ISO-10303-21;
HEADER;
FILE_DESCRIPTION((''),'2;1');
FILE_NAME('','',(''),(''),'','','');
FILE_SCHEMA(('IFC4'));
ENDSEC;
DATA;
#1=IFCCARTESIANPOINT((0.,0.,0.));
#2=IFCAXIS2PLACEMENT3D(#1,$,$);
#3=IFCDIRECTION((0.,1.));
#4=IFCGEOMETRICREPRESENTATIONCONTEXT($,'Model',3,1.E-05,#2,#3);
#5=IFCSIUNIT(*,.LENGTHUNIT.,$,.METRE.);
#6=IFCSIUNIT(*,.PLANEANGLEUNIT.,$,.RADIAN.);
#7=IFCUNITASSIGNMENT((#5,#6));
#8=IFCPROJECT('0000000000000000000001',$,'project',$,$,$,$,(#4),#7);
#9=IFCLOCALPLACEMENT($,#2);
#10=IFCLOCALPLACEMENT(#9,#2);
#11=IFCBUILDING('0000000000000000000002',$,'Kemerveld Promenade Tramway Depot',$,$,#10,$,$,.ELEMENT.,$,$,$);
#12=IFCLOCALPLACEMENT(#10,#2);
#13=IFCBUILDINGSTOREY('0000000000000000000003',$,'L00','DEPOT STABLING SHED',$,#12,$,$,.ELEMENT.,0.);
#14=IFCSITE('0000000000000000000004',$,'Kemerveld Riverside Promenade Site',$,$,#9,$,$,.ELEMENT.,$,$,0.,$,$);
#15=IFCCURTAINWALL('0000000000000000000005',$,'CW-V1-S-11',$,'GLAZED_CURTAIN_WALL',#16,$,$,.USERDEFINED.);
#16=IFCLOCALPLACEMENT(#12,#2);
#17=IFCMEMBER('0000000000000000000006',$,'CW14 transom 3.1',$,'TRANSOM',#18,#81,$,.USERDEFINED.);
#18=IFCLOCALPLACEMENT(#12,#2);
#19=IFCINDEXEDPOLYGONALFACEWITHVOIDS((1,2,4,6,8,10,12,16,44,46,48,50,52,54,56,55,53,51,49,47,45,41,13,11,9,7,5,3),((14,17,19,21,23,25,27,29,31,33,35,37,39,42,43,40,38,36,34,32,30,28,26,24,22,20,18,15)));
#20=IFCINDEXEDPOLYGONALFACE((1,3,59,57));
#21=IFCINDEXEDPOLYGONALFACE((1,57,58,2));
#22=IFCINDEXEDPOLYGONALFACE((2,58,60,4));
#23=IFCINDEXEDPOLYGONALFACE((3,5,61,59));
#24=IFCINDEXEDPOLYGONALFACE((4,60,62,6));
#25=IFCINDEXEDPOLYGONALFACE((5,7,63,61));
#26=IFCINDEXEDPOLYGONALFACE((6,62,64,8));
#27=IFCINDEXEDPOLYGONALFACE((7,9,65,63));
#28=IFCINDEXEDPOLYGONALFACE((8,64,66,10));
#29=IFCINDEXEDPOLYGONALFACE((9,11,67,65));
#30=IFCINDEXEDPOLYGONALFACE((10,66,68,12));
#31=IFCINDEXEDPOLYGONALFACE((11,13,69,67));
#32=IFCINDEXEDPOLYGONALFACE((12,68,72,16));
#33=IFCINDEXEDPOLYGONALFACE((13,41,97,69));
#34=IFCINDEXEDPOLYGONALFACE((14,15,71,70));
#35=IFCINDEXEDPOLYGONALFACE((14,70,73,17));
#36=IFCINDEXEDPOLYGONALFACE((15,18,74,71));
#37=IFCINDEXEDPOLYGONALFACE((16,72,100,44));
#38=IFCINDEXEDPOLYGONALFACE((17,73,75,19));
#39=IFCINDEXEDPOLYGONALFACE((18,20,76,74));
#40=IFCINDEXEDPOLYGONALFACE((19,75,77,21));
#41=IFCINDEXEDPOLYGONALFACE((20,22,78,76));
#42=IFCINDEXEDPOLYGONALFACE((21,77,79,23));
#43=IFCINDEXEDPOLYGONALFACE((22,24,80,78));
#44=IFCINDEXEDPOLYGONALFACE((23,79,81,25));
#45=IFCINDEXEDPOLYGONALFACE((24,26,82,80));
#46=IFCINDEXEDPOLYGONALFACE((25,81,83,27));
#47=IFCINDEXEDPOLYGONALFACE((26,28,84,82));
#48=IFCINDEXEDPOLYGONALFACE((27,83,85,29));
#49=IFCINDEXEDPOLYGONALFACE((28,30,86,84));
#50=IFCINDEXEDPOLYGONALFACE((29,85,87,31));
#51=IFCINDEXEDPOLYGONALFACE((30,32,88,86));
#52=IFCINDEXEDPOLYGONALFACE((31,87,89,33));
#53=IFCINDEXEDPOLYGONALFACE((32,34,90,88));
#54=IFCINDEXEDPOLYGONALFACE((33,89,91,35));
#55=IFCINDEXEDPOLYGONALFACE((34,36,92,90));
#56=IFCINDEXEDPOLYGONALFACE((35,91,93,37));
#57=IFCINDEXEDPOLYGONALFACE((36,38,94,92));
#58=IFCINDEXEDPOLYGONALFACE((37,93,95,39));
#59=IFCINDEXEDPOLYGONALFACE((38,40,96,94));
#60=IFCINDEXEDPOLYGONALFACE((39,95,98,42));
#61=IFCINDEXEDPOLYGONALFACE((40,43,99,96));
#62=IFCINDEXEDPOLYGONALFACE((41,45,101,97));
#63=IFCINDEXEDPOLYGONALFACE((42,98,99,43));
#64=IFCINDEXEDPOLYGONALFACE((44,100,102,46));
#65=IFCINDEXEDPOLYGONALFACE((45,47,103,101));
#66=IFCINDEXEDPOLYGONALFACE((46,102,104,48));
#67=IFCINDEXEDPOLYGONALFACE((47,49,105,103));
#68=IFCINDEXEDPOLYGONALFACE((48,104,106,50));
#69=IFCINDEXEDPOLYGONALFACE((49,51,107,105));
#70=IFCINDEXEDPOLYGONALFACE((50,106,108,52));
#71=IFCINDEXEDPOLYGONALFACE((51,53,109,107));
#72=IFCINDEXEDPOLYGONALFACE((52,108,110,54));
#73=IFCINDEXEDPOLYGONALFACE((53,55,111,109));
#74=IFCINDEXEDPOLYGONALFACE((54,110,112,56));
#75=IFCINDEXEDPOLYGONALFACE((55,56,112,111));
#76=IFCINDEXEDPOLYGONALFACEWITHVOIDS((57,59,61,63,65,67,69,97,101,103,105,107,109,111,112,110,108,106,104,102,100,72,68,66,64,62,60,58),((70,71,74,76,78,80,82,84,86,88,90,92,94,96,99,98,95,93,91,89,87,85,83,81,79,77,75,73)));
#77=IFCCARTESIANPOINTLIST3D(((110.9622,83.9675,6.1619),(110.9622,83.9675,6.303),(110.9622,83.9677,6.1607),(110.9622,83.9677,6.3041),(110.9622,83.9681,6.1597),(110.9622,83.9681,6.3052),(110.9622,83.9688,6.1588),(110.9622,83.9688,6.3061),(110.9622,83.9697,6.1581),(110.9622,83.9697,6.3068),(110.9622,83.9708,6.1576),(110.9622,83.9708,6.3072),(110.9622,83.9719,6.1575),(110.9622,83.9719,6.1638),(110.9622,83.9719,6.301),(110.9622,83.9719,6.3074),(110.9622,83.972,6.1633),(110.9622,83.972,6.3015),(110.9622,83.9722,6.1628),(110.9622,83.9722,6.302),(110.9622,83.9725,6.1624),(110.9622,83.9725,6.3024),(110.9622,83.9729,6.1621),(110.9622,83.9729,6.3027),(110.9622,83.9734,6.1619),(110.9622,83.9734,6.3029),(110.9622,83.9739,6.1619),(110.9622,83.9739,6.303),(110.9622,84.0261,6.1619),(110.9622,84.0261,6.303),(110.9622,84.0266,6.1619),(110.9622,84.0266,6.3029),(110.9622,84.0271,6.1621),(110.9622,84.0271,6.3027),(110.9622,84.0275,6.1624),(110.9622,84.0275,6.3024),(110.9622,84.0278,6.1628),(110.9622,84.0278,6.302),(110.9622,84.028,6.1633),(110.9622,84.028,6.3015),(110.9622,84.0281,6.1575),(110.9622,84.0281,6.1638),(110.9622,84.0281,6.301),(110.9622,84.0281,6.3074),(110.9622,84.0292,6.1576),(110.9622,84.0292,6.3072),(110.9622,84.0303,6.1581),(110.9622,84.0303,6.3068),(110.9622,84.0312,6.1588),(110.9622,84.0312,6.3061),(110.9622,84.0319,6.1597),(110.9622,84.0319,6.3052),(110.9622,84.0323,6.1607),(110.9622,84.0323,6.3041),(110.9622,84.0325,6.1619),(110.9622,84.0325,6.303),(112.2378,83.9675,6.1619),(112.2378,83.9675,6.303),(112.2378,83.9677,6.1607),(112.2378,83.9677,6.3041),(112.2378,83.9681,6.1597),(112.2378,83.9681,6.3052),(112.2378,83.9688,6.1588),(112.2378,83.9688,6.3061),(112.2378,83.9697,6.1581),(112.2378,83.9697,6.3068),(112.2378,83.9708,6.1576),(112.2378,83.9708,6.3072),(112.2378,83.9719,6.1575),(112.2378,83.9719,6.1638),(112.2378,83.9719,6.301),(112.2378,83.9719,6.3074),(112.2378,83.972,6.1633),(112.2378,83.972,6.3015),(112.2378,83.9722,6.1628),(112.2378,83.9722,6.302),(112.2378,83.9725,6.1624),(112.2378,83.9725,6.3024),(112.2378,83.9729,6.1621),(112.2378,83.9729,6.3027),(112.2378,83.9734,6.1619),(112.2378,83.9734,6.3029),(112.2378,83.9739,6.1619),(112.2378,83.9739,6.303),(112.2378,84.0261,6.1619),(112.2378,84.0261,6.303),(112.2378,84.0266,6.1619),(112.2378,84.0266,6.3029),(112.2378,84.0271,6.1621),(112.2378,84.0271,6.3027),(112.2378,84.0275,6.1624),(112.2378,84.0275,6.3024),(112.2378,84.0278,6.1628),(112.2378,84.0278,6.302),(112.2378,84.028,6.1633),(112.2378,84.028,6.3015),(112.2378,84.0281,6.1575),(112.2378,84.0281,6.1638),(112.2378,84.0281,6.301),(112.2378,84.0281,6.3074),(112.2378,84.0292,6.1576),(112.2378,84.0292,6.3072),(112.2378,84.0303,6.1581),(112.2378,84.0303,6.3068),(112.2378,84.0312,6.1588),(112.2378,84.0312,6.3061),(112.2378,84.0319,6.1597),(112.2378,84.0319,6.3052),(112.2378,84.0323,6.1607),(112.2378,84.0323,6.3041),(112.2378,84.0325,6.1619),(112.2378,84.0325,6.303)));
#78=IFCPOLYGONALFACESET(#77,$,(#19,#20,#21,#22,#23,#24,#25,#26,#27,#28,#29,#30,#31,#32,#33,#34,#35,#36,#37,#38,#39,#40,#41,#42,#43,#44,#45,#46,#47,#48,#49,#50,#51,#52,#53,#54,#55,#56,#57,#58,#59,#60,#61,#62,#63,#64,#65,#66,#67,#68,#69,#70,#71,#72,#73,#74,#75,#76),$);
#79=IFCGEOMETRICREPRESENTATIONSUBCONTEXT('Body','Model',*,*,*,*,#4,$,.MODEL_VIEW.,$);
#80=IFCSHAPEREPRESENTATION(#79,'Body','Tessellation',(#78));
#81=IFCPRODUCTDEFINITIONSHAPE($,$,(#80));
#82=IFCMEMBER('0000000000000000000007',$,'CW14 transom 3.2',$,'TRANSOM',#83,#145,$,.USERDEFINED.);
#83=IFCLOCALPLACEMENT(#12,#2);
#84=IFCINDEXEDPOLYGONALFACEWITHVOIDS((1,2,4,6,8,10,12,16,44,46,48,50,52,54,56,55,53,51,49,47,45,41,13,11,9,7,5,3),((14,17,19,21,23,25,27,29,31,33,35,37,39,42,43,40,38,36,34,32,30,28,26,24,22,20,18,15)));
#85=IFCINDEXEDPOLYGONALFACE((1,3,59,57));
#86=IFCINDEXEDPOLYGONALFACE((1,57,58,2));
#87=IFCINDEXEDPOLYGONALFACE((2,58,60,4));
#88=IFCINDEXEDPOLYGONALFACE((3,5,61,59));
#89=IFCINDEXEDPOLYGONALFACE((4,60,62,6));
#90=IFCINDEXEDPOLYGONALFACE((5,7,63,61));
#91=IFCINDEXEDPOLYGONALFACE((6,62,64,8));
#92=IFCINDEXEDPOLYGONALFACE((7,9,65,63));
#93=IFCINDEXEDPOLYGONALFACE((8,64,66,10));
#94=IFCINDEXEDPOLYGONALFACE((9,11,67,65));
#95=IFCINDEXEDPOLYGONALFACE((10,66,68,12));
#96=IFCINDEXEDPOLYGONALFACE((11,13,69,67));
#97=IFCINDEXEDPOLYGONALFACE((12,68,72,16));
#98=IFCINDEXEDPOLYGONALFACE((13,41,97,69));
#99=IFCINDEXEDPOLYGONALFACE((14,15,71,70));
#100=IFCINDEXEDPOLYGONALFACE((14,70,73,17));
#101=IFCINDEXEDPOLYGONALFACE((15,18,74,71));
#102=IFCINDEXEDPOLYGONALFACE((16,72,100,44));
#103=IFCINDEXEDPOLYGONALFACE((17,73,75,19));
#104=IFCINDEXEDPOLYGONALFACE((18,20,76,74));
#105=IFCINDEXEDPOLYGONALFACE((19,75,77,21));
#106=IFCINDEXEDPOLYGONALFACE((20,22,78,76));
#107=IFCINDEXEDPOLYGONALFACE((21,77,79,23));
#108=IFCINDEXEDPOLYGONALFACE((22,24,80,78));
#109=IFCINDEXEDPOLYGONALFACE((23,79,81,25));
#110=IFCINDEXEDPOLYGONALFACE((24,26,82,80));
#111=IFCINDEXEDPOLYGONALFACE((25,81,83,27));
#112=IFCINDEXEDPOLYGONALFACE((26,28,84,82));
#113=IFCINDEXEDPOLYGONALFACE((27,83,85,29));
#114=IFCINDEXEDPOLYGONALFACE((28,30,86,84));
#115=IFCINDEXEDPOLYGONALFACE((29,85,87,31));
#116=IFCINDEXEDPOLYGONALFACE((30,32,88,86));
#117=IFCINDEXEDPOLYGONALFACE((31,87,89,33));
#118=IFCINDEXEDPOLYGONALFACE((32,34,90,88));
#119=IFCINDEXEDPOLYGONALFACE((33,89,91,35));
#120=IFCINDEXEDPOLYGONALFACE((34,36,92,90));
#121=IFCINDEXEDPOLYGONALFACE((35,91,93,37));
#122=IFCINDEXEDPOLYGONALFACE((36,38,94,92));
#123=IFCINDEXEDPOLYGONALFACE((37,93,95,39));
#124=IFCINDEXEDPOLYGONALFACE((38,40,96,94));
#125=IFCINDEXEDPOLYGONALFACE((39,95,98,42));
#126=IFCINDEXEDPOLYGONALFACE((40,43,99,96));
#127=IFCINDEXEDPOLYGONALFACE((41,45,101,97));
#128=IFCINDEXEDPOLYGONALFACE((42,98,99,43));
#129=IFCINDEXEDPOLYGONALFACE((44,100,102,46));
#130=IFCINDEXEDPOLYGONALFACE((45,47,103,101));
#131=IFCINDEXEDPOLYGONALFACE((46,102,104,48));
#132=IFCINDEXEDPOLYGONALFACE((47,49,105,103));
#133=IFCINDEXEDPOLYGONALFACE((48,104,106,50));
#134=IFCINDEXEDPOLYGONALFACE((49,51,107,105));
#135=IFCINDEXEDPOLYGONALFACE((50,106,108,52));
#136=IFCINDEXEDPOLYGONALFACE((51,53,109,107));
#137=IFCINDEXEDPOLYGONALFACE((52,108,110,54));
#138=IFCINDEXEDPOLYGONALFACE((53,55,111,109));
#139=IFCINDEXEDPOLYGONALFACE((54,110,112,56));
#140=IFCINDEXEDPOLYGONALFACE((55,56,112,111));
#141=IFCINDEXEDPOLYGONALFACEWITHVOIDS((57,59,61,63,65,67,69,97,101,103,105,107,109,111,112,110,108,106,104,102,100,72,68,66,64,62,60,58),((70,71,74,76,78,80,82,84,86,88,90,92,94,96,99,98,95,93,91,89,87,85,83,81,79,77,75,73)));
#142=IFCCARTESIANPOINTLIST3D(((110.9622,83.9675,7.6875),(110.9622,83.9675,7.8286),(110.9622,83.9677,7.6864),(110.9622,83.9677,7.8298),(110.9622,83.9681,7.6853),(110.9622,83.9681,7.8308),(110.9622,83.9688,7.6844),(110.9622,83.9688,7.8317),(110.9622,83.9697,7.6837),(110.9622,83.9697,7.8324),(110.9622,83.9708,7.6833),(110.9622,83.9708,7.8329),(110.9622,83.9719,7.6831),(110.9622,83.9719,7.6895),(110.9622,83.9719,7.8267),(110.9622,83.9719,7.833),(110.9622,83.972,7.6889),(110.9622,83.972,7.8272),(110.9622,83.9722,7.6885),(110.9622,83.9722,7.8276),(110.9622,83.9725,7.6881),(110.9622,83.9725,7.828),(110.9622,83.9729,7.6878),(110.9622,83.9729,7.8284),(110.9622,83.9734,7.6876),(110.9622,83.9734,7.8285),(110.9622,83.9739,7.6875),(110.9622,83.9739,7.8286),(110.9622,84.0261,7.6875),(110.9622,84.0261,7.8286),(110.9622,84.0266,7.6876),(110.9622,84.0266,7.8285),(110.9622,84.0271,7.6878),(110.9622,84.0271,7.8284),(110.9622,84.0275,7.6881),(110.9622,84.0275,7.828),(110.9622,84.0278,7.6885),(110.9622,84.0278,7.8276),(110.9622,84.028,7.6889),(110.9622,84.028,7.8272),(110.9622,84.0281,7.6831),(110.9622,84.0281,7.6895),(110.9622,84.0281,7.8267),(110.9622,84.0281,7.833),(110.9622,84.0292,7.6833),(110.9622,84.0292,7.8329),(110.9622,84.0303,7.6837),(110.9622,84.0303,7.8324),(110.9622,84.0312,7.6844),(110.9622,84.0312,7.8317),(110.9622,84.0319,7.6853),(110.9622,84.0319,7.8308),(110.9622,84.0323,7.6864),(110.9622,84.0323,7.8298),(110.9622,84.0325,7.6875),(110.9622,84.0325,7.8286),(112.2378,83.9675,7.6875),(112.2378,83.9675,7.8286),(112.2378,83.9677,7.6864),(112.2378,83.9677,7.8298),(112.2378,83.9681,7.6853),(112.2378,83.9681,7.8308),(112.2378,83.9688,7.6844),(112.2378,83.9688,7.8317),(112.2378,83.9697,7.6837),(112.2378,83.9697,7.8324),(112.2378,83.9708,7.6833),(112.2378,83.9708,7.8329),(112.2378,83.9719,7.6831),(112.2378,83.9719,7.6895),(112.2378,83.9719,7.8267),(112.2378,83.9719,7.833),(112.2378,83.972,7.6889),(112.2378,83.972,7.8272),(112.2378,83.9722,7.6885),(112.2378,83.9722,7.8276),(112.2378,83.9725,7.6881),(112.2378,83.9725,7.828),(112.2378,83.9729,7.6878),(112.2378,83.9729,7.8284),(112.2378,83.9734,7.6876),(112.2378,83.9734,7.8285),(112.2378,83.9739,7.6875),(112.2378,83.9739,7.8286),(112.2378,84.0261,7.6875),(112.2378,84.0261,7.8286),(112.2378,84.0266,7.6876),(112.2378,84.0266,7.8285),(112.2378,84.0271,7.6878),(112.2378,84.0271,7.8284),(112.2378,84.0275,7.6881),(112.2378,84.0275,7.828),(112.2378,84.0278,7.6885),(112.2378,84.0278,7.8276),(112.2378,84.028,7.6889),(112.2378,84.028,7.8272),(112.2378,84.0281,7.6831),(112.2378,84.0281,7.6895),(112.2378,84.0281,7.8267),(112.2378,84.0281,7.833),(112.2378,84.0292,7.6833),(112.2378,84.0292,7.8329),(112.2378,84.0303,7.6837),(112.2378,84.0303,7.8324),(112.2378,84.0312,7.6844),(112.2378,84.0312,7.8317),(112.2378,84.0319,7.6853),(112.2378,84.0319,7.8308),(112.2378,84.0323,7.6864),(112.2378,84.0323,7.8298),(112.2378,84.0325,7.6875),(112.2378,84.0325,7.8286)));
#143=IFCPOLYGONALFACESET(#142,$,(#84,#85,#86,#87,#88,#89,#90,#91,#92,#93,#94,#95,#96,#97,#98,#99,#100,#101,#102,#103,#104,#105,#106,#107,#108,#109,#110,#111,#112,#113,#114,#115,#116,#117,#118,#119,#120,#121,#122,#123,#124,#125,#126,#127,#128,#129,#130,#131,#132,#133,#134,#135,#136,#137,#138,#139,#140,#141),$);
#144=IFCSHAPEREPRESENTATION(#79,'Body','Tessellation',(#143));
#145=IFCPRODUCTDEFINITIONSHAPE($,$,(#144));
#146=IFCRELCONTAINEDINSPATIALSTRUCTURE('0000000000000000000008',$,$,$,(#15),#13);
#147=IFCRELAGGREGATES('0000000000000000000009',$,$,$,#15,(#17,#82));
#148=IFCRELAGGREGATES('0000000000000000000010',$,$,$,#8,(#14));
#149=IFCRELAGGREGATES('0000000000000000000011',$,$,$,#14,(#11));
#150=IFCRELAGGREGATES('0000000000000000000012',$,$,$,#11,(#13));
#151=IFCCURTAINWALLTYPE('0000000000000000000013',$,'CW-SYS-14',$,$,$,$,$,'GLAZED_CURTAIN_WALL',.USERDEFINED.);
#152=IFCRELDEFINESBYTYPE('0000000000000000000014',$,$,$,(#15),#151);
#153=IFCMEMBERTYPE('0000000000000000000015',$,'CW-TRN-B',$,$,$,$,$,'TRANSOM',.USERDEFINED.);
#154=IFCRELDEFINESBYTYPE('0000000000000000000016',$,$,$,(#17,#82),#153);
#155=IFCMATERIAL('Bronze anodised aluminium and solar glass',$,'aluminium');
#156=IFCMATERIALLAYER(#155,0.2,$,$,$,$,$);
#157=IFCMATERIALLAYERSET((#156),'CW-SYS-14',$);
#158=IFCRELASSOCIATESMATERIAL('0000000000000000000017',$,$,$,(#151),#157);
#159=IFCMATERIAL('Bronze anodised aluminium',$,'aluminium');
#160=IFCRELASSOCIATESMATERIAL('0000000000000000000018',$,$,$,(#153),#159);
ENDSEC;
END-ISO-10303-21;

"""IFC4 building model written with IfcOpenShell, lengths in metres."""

from ifc_helpers import new_model, si_unit, direction, frame, origin, origin_2d, place, context, subcontext, project, spatial, hollow_rectangle, extrude, material, layer, layer_set, material_profile, profile_set, type_object, element, aggregate, save


model = new_model("IFC4")

# Units and contexts
model_context = context("Model", 3, precision=1e-05, world=origin(), true_north=direction((0.0, 1.0)))
body_context = subcontext(model_context, "Body", "Model", "MODEL_VIEW")
ifc_project = project(units=[si_unit("LENGTHUNIT", "METRE"), si_unit("PLANEANGLEUNIT", "RADIAN")], contexts=[model_context])

# Site, building, storey
site_placement = place(None, origin())
site = spatial("IfcSite", under=ifc_project, at=site_placement, Name="Kemerveld Riverside Promenade Site", CompositionType="ELEMENT", RefElevation=0.0)
building_placement = place(site_placement, origin())
building = spatial("IfcBuilding", under=site, at=building_placement, Name="Kemerveld Promenade Tramway Depot", CompositionType="ELEMENT")
storey_placement = place(building_placement, origin())
storey = spatial("IfcBuildingStorey", under=building, at=storey_placement, Name="L00", Description="DEPOT STABLING SHED", CompositionType="ELEMENT", Elevation=0.0)

# Curtain wall
ifc_material_1 = material(Name="Bronze anodised aluminium and solar glass", Category="aluminium")
ifc_material_2 = material(Name="Bronze anodised aluminium", Category="aluminium")
ifc_layer_1 = layer(ifc_material_1, 0.2)
ifc_layer_set_1 = layer_set([ifc_layer_1], Name="CW-SYS-14")
curtain_wall_type_1 = type_object("IfcCurtainWallType", Name="CW-SYS-14", ElementType="GLAZED_CURTAIN_WALL", PredefinedType="USERDEFINED", material=ifc_layer_set_1)
curtain_wall_1_placement = place(storey_placement, origin())
curtain_wall_1 = element("IfcCurtainWall", 1, at=curtain_wall_1_placement, inside=storey, type_object=curtain_wall_type_1, Name="CW-V1-S-11", ObjectType="GLAZED_CURTAIN_WALL", PredefinedType="USERDEFINED")

# Members
ifc_material_profile_1 = material_profile(ifc_material_2, hollow_rectangle(XDim=0.0649, YDim=0.1499, WallThickness=0.0044, InnerFilletRadius=0.002, OuterFilletRadius=0.0044, at=origin_2d()), Name="CW-TRN-150x65")
ifc_profile_set_1 = profile_set([ifc_material_profile_1], Name="Bronze anodised aluminium")
member_type_1 = type_object("IfcMemberType", Name="CW-TRN-B", ElementType="TRANSOM", PredefinedType="USERDEFINED", material=ifc_profile_set_1)
member_1_placement = place(storey_placement, frame((112.2378, 84.0, 6.2324), z_axis=(-1.0, 0.0, 0.0), x_axis=(0.0, -1.0, 0.0)))
member_1 = element("IfcMember", 2, at=member_1_placement, type_object=member_type_1, Name="CW14 transom 3.1", ObjectType="TRANSOM", PredefinedType="USERDEFINED", context=body_context, shape_type="SweptSolid", body=[
    extrude(hollow_rectangle(XDim=0.0649, YDim=0.1499, WallThickness=0.0044, InnerFilletRadius=0.002, OuterFilletRadius=0.0044, at=origin_2d()), origin(), (0.0, 0.0, 1.0), 1.2756),
])
member_2_placement = place(storey_placement, frame((112.2378, 84.0, 7.7581), z_axis=(-1.0, 0.0, 0.0), x_axis=(0.0, -1.0, 0.0)))
member_2 = element("IfcMember", 3, at=member_2_placement, type_object=member_type_1, Name="CW14 transom 3.2", ObjectType="TRANSOM", PredefinedType="USERDEFINED", context=body_context, shape_type="SweptSolid", body=[
    extrude(hollow_rectangle(XDim=0.0649, YDim=0.1499, WallThickness=0.0044, InnerFilletRadius=0.002, OuterFilletRadius=0.0044, at=origin_2d()), origin(), (0.0, 0.0, 1.0), 1.2756),
])

aggregate(curtain_wall_1, [member_1, member_2])

save(model, "model.ifc")
